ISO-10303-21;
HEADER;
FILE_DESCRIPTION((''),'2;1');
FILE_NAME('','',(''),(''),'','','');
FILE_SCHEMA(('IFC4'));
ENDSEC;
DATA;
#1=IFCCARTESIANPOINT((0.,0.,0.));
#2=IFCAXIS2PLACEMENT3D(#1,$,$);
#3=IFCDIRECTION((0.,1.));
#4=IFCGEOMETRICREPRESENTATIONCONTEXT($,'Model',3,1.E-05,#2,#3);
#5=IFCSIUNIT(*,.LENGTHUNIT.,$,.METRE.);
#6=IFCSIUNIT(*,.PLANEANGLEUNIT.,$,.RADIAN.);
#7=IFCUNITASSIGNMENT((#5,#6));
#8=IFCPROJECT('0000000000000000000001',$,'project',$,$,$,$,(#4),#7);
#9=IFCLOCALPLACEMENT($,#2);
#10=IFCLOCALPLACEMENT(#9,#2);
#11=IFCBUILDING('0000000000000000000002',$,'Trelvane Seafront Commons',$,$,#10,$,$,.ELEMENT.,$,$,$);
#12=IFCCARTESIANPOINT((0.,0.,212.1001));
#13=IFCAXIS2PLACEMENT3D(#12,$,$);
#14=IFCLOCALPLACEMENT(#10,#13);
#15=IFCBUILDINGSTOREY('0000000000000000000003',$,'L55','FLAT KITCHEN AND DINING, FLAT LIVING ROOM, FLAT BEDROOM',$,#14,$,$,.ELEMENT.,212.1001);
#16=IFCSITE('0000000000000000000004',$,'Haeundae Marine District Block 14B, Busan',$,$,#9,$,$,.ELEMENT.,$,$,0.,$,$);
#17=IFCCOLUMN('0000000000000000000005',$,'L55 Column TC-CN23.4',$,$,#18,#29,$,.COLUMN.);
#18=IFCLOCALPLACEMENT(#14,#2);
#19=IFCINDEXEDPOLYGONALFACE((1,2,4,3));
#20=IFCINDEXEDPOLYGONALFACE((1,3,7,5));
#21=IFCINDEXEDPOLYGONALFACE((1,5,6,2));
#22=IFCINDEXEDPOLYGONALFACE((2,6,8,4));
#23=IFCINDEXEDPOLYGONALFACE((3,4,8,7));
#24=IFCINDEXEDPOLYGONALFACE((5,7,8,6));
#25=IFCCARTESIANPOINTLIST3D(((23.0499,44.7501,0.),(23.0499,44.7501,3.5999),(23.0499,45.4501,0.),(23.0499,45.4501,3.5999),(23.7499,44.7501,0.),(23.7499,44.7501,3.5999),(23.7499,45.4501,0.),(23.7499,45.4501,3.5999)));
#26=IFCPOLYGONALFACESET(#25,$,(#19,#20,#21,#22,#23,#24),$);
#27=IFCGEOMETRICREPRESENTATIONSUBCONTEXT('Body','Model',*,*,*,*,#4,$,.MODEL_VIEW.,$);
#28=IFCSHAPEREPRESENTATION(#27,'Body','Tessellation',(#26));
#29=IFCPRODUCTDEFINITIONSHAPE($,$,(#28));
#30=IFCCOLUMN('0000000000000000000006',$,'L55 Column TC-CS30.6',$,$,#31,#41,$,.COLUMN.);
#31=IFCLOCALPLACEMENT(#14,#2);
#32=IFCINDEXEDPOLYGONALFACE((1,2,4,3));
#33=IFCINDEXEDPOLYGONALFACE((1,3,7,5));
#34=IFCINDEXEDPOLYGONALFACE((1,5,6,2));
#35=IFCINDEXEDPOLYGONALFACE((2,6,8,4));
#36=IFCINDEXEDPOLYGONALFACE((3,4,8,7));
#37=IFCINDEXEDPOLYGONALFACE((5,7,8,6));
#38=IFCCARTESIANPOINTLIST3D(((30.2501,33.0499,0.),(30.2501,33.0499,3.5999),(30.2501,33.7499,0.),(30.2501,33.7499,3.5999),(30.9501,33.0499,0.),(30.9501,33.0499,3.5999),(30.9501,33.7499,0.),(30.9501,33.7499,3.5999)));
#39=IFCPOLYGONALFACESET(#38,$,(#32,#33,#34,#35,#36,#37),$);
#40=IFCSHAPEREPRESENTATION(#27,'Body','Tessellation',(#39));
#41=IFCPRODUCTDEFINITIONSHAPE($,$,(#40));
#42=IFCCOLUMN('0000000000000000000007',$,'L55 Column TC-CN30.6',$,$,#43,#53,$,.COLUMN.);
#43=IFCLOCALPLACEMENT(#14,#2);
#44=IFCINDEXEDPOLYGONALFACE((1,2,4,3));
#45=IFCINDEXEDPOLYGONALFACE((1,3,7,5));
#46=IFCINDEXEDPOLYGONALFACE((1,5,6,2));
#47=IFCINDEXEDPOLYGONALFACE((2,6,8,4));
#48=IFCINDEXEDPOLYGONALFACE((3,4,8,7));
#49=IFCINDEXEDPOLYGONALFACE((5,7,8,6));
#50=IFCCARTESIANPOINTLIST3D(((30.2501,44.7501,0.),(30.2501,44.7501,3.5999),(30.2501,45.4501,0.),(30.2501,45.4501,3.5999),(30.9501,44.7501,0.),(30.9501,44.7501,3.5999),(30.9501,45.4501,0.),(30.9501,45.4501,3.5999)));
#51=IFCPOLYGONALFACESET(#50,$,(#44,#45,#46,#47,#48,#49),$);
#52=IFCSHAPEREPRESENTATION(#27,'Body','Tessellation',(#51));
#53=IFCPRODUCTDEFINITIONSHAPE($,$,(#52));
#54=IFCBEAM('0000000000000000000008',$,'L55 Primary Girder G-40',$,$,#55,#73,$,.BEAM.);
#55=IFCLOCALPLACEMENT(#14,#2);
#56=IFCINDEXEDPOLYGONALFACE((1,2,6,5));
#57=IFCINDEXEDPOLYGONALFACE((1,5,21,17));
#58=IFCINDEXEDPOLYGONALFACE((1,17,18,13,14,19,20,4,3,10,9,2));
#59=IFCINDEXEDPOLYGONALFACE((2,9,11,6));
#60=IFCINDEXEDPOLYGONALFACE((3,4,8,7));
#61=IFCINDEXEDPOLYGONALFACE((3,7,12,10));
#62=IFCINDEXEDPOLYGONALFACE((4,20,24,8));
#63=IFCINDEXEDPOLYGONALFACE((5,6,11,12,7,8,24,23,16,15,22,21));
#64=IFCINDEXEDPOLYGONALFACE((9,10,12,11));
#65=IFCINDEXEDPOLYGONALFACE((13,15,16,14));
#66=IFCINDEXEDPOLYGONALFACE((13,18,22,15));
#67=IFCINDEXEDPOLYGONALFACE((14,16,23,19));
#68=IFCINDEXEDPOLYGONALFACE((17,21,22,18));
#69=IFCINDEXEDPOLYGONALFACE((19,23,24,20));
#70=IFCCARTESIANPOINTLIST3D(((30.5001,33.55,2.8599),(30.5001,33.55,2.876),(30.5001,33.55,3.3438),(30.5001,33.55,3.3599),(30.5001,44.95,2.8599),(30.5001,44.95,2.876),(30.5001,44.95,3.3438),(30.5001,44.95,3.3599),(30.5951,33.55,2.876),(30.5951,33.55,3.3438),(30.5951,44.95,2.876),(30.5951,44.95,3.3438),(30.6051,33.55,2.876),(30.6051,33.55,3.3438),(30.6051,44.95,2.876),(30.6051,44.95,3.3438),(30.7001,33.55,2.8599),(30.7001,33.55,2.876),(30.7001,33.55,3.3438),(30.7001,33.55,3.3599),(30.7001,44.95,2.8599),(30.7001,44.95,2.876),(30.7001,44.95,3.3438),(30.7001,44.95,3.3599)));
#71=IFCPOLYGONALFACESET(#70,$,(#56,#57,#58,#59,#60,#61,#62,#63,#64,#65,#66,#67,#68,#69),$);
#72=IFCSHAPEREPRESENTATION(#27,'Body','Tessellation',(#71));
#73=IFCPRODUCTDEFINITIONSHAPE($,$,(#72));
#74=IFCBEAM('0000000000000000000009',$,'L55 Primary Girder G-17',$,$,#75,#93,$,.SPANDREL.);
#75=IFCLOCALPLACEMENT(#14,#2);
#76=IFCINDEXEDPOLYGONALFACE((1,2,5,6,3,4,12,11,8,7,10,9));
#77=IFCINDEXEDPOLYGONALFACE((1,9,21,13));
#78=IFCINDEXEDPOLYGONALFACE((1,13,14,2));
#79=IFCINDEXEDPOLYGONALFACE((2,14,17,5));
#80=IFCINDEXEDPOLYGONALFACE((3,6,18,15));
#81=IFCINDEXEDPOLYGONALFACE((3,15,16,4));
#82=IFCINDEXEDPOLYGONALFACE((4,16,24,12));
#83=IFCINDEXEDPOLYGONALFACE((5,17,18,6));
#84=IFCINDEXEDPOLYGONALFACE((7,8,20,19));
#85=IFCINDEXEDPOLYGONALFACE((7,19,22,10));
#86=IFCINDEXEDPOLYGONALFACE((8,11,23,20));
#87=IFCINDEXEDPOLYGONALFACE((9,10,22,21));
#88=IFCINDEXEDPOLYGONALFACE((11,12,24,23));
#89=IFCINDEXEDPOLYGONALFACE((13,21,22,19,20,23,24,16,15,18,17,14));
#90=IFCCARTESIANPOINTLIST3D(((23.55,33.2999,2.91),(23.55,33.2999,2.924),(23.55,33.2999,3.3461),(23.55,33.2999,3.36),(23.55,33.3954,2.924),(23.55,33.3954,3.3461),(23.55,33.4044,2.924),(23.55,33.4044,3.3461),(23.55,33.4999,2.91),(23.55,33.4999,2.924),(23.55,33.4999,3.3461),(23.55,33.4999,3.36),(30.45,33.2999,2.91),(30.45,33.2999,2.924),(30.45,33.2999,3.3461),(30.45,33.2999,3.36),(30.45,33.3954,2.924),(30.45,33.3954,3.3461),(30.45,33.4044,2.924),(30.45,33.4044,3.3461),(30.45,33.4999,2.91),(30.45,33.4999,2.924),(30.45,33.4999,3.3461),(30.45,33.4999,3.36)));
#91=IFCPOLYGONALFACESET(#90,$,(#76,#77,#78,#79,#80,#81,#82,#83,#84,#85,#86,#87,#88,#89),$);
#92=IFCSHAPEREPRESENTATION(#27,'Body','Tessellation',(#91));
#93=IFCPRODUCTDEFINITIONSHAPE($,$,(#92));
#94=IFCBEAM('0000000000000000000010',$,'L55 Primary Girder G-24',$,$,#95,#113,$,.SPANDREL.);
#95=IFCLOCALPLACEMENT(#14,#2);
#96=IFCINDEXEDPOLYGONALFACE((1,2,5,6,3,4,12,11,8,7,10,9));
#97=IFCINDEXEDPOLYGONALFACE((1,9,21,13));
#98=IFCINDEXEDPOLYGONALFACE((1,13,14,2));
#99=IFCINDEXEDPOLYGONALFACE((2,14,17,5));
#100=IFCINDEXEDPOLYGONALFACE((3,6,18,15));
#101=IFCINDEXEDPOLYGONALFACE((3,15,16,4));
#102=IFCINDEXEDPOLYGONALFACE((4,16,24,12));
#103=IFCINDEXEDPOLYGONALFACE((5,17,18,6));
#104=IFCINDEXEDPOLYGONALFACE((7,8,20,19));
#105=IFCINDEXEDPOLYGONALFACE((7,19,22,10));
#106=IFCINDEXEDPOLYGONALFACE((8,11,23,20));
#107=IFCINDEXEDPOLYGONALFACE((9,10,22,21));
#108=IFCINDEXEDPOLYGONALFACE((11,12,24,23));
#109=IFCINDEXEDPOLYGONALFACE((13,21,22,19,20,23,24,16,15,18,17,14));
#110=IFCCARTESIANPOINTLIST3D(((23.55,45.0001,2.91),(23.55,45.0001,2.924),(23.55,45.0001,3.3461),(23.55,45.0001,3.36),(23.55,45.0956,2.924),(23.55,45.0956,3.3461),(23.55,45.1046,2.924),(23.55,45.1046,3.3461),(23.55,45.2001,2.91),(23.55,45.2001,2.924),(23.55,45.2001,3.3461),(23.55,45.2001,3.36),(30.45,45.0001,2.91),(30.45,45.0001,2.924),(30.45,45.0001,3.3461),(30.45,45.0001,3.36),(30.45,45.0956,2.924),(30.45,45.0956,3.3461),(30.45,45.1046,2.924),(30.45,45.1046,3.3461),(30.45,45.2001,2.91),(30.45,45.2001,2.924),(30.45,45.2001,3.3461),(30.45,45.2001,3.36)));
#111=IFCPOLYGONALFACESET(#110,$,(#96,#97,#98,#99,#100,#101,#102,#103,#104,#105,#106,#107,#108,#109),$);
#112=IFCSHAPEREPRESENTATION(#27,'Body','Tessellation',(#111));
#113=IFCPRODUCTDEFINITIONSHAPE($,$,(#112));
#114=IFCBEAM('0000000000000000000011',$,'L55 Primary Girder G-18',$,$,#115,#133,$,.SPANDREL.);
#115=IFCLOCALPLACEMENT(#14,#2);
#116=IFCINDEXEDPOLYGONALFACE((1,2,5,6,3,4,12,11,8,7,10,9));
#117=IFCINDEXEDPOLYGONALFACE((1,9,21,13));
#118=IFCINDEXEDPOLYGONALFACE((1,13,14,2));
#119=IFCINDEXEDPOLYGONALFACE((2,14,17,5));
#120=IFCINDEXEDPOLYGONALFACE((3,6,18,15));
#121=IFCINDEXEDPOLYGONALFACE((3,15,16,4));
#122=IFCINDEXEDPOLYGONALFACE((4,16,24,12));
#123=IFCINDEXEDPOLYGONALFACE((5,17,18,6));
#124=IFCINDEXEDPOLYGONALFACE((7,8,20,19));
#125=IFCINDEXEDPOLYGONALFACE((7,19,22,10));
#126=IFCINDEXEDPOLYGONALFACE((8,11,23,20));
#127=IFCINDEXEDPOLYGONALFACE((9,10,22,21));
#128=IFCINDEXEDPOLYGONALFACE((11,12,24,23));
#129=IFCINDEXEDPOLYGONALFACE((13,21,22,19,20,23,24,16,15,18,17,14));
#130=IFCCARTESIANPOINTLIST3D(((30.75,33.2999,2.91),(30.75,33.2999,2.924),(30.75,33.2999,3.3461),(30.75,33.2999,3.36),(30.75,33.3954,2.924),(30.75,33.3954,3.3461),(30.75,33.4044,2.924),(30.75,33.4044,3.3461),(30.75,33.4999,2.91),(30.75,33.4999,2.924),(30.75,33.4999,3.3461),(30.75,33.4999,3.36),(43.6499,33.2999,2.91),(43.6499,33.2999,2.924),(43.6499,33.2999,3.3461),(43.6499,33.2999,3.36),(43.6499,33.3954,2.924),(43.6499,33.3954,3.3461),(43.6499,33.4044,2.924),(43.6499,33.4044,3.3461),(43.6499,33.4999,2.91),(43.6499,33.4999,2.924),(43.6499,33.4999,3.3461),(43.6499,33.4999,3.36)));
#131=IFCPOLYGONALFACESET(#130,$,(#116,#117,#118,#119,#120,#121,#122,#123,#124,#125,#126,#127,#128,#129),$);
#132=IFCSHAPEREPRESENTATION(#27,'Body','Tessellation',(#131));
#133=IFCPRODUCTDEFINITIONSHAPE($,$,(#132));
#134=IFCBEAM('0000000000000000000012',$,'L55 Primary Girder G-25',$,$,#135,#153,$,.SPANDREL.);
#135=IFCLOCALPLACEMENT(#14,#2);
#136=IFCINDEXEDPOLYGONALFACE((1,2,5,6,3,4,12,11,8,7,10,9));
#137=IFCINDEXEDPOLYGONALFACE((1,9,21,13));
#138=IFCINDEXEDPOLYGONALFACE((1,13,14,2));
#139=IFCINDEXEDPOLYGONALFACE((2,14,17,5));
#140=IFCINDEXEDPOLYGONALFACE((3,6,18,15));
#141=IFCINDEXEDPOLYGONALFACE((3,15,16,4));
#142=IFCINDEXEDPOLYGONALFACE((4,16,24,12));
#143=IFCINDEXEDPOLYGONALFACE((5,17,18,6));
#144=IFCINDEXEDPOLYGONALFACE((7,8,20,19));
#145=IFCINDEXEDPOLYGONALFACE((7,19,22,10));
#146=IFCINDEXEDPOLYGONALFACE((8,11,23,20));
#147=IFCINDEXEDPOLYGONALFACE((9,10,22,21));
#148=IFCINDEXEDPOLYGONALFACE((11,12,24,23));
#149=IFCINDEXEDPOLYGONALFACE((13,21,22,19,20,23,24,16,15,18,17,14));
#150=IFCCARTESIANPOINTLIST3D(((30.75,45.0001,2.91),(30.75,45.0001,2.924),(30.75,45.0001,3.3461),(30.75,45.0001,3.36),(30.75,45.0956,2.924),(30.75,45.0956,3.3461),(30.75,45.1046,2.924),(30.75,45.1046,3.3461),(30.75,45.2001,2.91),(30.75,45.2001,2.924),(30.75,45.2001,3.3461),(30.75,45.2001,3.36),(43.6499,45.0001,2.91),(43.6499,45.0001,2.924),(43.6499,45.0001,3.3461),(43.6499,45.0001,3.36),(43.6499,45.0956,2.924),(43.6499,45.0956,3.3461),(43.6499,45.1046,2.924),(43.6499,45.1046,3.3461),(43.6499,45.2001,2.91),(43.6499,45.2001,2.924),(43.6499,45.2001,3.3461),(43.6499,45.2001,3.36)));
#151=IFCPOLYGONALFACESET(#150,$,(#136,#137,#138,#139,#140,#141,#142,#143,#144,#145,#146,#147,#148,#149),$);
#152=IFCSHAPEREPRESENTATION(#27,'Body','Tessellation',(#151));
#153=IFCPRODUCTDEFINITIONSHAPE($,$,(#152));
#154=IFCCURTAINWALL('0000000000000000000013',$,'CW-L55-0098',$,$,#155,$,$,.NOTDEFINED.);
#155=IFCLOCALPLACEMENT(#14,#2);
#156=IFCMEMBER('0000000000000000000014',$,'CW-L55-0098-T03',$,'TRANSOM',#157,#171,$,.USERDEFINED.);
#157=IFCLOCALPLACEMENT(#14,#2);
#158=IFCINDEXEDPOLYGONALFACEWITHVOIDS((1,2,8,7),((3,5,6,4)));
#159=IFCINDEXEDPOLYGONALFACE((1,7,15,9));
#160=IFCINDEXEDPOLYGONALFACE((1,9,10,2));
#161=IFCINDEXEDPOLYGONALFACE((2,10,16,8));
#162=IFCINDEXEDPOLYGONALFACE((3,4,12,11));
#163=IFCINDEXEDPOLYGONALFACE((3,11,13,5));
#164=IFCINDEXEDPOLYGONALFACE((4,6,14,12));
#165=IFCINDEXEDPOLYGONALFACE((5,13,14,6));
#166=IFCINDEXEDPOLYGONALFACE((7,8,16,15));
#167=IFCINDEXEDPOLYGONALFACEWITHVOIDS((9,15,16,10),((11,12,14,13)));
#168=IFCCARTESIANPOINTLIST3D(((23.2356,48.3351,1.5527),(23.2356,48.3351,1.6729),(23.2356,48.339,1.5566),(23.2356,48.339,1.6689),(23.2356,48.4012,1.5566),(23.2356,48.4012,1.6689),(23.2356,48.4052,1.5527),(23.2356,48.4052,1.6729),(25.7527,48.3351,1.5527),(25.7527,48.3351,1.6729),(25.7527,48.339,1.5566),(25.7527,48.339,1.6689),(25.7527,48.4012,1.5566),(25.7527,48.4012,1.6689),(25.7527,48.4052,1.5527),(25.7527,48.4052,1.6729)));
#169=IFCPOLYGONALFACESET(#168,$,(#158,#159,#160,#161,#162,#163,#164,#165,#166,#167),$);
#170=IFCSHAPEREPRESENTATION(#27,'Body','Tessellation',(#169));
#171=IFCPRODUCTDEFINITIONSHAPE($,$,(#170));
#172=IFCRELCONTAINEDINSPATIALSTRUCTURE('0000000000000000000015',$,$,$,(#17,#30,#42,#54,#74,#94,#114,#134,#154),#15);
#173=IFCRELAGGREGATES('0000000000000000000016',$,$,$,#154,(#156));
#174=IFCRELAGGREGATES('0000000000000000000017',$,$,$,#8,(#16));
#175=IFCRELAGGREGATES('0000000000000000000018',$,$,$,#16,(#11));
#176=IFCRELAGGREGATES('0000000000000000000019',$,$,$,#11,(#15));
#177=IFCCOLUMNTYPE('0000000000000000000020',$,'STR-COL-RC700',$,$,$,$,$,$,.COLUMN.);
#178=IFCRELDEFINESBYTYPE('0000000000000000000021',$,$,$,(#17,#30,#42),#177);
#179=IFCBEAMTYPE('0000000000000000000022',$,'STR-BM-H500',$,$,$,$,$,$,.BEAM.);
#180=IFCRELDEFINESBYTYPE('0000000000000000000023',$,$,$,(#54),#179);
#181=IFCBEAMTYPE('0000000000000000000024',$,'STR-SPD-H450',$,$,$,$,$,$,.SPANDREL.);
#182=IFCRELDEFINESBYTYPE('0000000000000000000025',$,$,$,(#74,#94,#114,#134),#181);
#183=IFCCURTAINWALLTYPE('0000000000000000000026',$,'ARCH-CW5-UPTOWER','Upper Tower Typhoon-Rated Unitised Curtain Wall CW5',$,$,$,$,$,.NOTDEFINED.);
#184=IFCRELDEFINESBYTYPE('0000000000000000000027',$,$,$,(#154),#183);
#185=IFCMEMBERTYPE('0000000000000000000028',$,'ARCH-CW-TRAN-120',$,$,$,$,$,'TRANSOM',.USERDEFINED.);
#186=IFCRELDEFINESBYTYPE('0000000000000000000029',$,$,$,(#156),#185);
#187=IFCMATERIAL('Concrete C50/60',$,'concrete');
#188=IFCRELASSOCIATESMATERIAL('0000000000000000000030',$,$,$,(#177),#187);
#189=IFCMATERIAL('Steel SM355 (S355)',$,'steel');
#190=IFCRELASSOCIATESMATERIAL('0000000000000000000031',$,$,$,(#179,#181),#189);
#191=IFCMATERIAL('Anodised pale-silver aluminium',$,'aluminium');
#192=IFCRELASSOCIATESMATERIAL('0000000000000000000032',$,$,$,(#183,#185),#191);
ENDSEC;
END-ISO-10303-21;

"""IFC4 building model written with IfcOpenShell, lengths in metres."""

from ifc_helpers import new_model, si_unit, direction, frame, origin, origin_2d, place, context, subcontext, project, spatial, rectangle, hollow_rectangle, i_section, extrude, source, transform, mapped, material, material_profile, profile_set, type_object, element, aggregate, save


model = new_model("IFC4")

# Units and contexts
model_context = context("Model", 3, precision=1e-05, world=origin(), true_north=direction((0.0, 1.0)))
body_context = subcontext(model_context, "Body", "Model", "MODEL_VIEW")
ifc_project = project(units=[si_unit("LENGTHUNIT", "METRE"), si_unit("PLANEANGLEUNIT", "RADIAN")], contexts=[model_context])

# Site, building, storey
site_placement = place(None, origin())
site = spatial("IfcSite", under=ifc_project, at=site_placement, Name="Haeundae Marine District Block 14B, Busan", CompositionType="ELEMENT", RefElevation=0.0)
building_placement = place(site_placement, origin())
building = spatial("IfcBuilding", under=site, at=building_placement, Name="Trelvane Seafront Commons", CompositionType="ELEMENT")
storey_placement = place(building_placement, frame((0.0, 0.0, 212.1001)))
storey = spatial("IfcBuildingStorey", under=building, at=storey_placement, Name="L55", Description="FLAT KITCHEN AND DINING, FLAT LIVING ROOM, FLAT BEDROOM", CompositionType="ELEMENT", Elevation=212.1001)

# Columns
ifc_material_1 = material(Name="Concrete C50/60", Category="concrete")
ifc_material_profile_1 = material_profile(ifc_material_1, rectangle(XDim=0.7, YDim=0.7, at=origin_2d()), Name="RC-700x700")
ifc_profile_set_1 = profile_set([ifc_material_profile_1], Name="Concrete C50/60")
column_type = type_object("IfcColumnType", Name="STR-COL-RC700", PredefinedType="COLUMN", material=ifc_profile_set_1)
shared_shape_1 = source(origin(), body_context, "Body", "SweptSolid", [
    extrude(rectangle(XDim=0.7, YDim=0.7, at=origin_2d()), origin(), (0.0, 0.0, 1.0), 3.5999),
])
for number, where, z_axis, x_axis, name in (
    (1, (23.3999, 45.1001, 0.0), (0.0, 0.0, 1.0), (1.0, 0.0, 0.0), "L55 Column TC-CN23.4"),
    (2, (30.6001, 33.3999, 0.0), (0.0, 0.0, 1.0), (1.0, 0.0, 0.0), "L55 Column TC-CS30.6"),
    (3, (30.6001, 45.1001, 0.0), (0.0, 0.0, 1.0), (1.0, 0.0, 0.0), "L55 Column TC-CN30.6"),
):
    element("IfcColumn", number, at=place(storey_placement, frame(where, z_axis=z_axis, x_axis=x_axis)), inside=storey, type_object=column_type, Name=name, PredefinedType="COLUMN", context=body_context, shape_type="MappedRepresentation", body=[
        mapped(shared_shape_1, transform((0.0, 0.0, 0.0), x_axis=(1.0, 0.0, 0.0), y_axis=(0.0, 1.0, 0.0), z_axis=(0.0, 0.0, 1.0), scale=1.0)),
    ])

# Beams
ifc_material_2 = material(Name="Steel SM355 (S355)", Category="steel")
ifc_material_profile_2 = material_profile(ifc_material_2, i_section(OverallWidth=0.2, OverallDepth=0.5, WebThickness=0.01, FlangeThickness=0.0161, at=origin_2d()), Name="H-500x200x10x16")
ifc_profile_set_2 = profile_set([ifc_material_profile_2], Name="Steel SM355 (S355)")
beam_type_1 = type_object("IfcBeamType", Name="STR-BM-H500", PredefinedType="BEAM", material=ifc_profile_set_2)
shared_shape_2 = source(origin(), body_context, "Body", "SweptSolid", [
    extrude(i_section(OverallWidth=0.2, OverallDepth=0.5, WebThickness=0.01, FlangeThickness=0.0161, at=origin_2d()), origin(), (0.0, 0.0, 1.0), 11.3999),
])
beam_placement = place(storey_placement, frame((30.6001, 33.55, 3.1099), z_axis=(0.0, 1.0, 0.0), x_axis=(-1.0, 0.0, 0.0)))
element("IfcBeam", 4, at=beam_placement, inside=storey, type_object=beam_type_1, Name="L55 Primary Girder G-40", PredefinedType="BEAM", context=body_context, shape_type="MappedRepresentation", body=[
    mapped(shared_shape_2, transform((0.0, 0.0, 0.0), x_axis=(1.0, 0.0, 0.0), y_axis=(0.0, 1.0, 0.0), z_axis=(0.0, 0.0, 1.0), scale=1.0)),
])
ifc_material_profile_3 = material_profile(ifc_material_2, i_section(OverallWidth=0.2, OverallDepth=0.45, WebThickness=0.009, FlangeThickness=0.0139, at=origin_2d()), Name="H-450x200x9x14")
ifc_profile_set_3 = profile_set([ifc_material_profile_3], Name="Steel SM355 (S355)")
beam_type_2 = type_object("IfcBeamType", Name="STR-SPD-H450", PredefinedType="SPANDREL", material=ifc_profile_set_3)
shared_shape_3 = source(origin(), body_context, "Body", "SweptSolid", [
    extrude(i_section(OverallWidth=0.2, OverallDepth=0.45, WebThickness=0.009, FlangeThickness=0.0139, at=origin_2d()), origin(), (0.0, 0.0, 1.0), 6.8999),
])
for number, where, z_axis, x_axis, name in (
    (5, (23.55, 33.3999, 3.135), (1.0, 0.0, 0.0), (0.0, 1.0, 0.0), "L55 Primary Girder G-17"),
    (6, (23.55, 45.1001, 3.135), (1.0, 0.0, 0.0), (0.0, 1.0, 0.0), "L55 Primary Girder G-24"),
):
    element("IfcBeam", number, at=place(storey_placement, frame(where, z_axis=z_axis, x_axis=x_axis)), inside=storey, type_object=beam_type_2, Name=name, PredefinedType="SPANDREL", context=body_context, shape_type="MappedRepresentation", body=[
        mapped(shared_shape_3, transform((0.0, 0.0, 0.0), x_axis=(1.0, 0.0, 0.0), y_axis=(0.0, 1.0, 0.0), z_axis=(0.0, 0.0, 1.0), scale=1.0)),
    ])
shared_shape_4 = source(origin(), body_context, "Body", "SweptSolid", [
    extrude(i_section(OverallWidth=0.2, OverallDepth=0.45, WebThickness=0.009, FlangeThickness=0.0139, at=origin_2d()), origin(), (0.0, 0.0, 1.0), 12.8999),
])
for number, where, z_axis, x_axis, name in (
    (7, (30.75, 33.3999, 3.135), (1.0, 0.0, 0.0), (0.0, 1.0, 0.0), "L55 Primary Girder G-18"),
    (8, (30.75, 45.1001, 3.135), (1.0, 0.0, 0.0), (0.0, 1.0, 0.0), "L55 Primary Girder G-25"),
):
    element("IfcBeam", number, at=place(storey_placement, frame(where, z_axis=z_axis, x_axis=x_axis)), inside=storey, type_object=beam_type_2, Name=name, PredefinedType="SPANDREL", context=body_context, shape_type="MappedRepresentation", body=[
        mapped(shared_shape_4, transform((0.0, 0.0, 0.0), x_axis=(1.0, 0.0, 0.0), y_axis=(0.0, 1.0, 0.0), z_axis=(0.0, 0.0, 1.0), scale=1.0)),
    ])

# Curtain wall, member
ifc_material_3 = material(Name="Anodised pale-silver aluminium", Category="aluminium")
curtain_wall_type = type_object("IfcCurtainWallType", Name="ARCH-CW5-UPTOWER", Description="Upper Tower Typhoon-Rated Unitised Curtain Wall CW5", PredefinedType="NOTDEFINED", material=ifc_material_3)
curtain_wall_placement = place(storey_placement, origin())
curtain_wall = element("IfcCurtainWall", 9, at=curtain_wall_placement, inside=storey, type_object=curtain_wall_type, Name="CW-L55-0098", PredefinedType="NOTDEFINED")
ifc_material_profile_4 = material_profile(ifc_material_3, hollow_rectangle(XDim=0.0701, YDim=0.1201, WallThickness=0.0039, at=origin_2d()), Name="TRAN-70x120x4")
ifc_profile_set_4 = profile_set([ifc_material_profile_4], Name="Anodised pale-silver aluminium")
member_type_1 = type_object("IfcMemberType", Name="ARCH-CW-TRAN-120", ElementType="TRANSOM", PredefinedType="USERDEFINED", material=ifc_profile_set_4)
shared_shape_5 = source(origin(), body_context, "Body", "SweptSolid", [
    extrude(hollow_rectangle(XDim=0.0701, YDim=0.1201, WallThickness=0.0039, at=origin_2d()), origin(), (0.0, 0.0, 1.0), 2.5171),
])
member_1_placement = place(storey_placement, frame((23.2356, 48.3701, 1.6128), z_axis=(1.0, 0.0, 0.0), x_axis=(0.0, 1.0, 0.0)))
member_1 = element("IfcMember", 10, at=member_1_placement, type_object=member_type_1, Name="CW-L55-0098-T03", ObjectType="TRANSOM", PredefinedType="USERDEFINED", context=body_context, shape_type="MappedRepresentation", body=[
    mapped(shared_shape_5, transform((0.0, 0.0, 0.0), x_axis=(1.0, 0.0, 0.0), y_axis=(0.0, 1.0, 0.0), z_axis=(0.0, 0.0, 1.0), scale=1.0)),
])
aggregate(curtain_wall, [member_1])

save(model, "model.ifc")
